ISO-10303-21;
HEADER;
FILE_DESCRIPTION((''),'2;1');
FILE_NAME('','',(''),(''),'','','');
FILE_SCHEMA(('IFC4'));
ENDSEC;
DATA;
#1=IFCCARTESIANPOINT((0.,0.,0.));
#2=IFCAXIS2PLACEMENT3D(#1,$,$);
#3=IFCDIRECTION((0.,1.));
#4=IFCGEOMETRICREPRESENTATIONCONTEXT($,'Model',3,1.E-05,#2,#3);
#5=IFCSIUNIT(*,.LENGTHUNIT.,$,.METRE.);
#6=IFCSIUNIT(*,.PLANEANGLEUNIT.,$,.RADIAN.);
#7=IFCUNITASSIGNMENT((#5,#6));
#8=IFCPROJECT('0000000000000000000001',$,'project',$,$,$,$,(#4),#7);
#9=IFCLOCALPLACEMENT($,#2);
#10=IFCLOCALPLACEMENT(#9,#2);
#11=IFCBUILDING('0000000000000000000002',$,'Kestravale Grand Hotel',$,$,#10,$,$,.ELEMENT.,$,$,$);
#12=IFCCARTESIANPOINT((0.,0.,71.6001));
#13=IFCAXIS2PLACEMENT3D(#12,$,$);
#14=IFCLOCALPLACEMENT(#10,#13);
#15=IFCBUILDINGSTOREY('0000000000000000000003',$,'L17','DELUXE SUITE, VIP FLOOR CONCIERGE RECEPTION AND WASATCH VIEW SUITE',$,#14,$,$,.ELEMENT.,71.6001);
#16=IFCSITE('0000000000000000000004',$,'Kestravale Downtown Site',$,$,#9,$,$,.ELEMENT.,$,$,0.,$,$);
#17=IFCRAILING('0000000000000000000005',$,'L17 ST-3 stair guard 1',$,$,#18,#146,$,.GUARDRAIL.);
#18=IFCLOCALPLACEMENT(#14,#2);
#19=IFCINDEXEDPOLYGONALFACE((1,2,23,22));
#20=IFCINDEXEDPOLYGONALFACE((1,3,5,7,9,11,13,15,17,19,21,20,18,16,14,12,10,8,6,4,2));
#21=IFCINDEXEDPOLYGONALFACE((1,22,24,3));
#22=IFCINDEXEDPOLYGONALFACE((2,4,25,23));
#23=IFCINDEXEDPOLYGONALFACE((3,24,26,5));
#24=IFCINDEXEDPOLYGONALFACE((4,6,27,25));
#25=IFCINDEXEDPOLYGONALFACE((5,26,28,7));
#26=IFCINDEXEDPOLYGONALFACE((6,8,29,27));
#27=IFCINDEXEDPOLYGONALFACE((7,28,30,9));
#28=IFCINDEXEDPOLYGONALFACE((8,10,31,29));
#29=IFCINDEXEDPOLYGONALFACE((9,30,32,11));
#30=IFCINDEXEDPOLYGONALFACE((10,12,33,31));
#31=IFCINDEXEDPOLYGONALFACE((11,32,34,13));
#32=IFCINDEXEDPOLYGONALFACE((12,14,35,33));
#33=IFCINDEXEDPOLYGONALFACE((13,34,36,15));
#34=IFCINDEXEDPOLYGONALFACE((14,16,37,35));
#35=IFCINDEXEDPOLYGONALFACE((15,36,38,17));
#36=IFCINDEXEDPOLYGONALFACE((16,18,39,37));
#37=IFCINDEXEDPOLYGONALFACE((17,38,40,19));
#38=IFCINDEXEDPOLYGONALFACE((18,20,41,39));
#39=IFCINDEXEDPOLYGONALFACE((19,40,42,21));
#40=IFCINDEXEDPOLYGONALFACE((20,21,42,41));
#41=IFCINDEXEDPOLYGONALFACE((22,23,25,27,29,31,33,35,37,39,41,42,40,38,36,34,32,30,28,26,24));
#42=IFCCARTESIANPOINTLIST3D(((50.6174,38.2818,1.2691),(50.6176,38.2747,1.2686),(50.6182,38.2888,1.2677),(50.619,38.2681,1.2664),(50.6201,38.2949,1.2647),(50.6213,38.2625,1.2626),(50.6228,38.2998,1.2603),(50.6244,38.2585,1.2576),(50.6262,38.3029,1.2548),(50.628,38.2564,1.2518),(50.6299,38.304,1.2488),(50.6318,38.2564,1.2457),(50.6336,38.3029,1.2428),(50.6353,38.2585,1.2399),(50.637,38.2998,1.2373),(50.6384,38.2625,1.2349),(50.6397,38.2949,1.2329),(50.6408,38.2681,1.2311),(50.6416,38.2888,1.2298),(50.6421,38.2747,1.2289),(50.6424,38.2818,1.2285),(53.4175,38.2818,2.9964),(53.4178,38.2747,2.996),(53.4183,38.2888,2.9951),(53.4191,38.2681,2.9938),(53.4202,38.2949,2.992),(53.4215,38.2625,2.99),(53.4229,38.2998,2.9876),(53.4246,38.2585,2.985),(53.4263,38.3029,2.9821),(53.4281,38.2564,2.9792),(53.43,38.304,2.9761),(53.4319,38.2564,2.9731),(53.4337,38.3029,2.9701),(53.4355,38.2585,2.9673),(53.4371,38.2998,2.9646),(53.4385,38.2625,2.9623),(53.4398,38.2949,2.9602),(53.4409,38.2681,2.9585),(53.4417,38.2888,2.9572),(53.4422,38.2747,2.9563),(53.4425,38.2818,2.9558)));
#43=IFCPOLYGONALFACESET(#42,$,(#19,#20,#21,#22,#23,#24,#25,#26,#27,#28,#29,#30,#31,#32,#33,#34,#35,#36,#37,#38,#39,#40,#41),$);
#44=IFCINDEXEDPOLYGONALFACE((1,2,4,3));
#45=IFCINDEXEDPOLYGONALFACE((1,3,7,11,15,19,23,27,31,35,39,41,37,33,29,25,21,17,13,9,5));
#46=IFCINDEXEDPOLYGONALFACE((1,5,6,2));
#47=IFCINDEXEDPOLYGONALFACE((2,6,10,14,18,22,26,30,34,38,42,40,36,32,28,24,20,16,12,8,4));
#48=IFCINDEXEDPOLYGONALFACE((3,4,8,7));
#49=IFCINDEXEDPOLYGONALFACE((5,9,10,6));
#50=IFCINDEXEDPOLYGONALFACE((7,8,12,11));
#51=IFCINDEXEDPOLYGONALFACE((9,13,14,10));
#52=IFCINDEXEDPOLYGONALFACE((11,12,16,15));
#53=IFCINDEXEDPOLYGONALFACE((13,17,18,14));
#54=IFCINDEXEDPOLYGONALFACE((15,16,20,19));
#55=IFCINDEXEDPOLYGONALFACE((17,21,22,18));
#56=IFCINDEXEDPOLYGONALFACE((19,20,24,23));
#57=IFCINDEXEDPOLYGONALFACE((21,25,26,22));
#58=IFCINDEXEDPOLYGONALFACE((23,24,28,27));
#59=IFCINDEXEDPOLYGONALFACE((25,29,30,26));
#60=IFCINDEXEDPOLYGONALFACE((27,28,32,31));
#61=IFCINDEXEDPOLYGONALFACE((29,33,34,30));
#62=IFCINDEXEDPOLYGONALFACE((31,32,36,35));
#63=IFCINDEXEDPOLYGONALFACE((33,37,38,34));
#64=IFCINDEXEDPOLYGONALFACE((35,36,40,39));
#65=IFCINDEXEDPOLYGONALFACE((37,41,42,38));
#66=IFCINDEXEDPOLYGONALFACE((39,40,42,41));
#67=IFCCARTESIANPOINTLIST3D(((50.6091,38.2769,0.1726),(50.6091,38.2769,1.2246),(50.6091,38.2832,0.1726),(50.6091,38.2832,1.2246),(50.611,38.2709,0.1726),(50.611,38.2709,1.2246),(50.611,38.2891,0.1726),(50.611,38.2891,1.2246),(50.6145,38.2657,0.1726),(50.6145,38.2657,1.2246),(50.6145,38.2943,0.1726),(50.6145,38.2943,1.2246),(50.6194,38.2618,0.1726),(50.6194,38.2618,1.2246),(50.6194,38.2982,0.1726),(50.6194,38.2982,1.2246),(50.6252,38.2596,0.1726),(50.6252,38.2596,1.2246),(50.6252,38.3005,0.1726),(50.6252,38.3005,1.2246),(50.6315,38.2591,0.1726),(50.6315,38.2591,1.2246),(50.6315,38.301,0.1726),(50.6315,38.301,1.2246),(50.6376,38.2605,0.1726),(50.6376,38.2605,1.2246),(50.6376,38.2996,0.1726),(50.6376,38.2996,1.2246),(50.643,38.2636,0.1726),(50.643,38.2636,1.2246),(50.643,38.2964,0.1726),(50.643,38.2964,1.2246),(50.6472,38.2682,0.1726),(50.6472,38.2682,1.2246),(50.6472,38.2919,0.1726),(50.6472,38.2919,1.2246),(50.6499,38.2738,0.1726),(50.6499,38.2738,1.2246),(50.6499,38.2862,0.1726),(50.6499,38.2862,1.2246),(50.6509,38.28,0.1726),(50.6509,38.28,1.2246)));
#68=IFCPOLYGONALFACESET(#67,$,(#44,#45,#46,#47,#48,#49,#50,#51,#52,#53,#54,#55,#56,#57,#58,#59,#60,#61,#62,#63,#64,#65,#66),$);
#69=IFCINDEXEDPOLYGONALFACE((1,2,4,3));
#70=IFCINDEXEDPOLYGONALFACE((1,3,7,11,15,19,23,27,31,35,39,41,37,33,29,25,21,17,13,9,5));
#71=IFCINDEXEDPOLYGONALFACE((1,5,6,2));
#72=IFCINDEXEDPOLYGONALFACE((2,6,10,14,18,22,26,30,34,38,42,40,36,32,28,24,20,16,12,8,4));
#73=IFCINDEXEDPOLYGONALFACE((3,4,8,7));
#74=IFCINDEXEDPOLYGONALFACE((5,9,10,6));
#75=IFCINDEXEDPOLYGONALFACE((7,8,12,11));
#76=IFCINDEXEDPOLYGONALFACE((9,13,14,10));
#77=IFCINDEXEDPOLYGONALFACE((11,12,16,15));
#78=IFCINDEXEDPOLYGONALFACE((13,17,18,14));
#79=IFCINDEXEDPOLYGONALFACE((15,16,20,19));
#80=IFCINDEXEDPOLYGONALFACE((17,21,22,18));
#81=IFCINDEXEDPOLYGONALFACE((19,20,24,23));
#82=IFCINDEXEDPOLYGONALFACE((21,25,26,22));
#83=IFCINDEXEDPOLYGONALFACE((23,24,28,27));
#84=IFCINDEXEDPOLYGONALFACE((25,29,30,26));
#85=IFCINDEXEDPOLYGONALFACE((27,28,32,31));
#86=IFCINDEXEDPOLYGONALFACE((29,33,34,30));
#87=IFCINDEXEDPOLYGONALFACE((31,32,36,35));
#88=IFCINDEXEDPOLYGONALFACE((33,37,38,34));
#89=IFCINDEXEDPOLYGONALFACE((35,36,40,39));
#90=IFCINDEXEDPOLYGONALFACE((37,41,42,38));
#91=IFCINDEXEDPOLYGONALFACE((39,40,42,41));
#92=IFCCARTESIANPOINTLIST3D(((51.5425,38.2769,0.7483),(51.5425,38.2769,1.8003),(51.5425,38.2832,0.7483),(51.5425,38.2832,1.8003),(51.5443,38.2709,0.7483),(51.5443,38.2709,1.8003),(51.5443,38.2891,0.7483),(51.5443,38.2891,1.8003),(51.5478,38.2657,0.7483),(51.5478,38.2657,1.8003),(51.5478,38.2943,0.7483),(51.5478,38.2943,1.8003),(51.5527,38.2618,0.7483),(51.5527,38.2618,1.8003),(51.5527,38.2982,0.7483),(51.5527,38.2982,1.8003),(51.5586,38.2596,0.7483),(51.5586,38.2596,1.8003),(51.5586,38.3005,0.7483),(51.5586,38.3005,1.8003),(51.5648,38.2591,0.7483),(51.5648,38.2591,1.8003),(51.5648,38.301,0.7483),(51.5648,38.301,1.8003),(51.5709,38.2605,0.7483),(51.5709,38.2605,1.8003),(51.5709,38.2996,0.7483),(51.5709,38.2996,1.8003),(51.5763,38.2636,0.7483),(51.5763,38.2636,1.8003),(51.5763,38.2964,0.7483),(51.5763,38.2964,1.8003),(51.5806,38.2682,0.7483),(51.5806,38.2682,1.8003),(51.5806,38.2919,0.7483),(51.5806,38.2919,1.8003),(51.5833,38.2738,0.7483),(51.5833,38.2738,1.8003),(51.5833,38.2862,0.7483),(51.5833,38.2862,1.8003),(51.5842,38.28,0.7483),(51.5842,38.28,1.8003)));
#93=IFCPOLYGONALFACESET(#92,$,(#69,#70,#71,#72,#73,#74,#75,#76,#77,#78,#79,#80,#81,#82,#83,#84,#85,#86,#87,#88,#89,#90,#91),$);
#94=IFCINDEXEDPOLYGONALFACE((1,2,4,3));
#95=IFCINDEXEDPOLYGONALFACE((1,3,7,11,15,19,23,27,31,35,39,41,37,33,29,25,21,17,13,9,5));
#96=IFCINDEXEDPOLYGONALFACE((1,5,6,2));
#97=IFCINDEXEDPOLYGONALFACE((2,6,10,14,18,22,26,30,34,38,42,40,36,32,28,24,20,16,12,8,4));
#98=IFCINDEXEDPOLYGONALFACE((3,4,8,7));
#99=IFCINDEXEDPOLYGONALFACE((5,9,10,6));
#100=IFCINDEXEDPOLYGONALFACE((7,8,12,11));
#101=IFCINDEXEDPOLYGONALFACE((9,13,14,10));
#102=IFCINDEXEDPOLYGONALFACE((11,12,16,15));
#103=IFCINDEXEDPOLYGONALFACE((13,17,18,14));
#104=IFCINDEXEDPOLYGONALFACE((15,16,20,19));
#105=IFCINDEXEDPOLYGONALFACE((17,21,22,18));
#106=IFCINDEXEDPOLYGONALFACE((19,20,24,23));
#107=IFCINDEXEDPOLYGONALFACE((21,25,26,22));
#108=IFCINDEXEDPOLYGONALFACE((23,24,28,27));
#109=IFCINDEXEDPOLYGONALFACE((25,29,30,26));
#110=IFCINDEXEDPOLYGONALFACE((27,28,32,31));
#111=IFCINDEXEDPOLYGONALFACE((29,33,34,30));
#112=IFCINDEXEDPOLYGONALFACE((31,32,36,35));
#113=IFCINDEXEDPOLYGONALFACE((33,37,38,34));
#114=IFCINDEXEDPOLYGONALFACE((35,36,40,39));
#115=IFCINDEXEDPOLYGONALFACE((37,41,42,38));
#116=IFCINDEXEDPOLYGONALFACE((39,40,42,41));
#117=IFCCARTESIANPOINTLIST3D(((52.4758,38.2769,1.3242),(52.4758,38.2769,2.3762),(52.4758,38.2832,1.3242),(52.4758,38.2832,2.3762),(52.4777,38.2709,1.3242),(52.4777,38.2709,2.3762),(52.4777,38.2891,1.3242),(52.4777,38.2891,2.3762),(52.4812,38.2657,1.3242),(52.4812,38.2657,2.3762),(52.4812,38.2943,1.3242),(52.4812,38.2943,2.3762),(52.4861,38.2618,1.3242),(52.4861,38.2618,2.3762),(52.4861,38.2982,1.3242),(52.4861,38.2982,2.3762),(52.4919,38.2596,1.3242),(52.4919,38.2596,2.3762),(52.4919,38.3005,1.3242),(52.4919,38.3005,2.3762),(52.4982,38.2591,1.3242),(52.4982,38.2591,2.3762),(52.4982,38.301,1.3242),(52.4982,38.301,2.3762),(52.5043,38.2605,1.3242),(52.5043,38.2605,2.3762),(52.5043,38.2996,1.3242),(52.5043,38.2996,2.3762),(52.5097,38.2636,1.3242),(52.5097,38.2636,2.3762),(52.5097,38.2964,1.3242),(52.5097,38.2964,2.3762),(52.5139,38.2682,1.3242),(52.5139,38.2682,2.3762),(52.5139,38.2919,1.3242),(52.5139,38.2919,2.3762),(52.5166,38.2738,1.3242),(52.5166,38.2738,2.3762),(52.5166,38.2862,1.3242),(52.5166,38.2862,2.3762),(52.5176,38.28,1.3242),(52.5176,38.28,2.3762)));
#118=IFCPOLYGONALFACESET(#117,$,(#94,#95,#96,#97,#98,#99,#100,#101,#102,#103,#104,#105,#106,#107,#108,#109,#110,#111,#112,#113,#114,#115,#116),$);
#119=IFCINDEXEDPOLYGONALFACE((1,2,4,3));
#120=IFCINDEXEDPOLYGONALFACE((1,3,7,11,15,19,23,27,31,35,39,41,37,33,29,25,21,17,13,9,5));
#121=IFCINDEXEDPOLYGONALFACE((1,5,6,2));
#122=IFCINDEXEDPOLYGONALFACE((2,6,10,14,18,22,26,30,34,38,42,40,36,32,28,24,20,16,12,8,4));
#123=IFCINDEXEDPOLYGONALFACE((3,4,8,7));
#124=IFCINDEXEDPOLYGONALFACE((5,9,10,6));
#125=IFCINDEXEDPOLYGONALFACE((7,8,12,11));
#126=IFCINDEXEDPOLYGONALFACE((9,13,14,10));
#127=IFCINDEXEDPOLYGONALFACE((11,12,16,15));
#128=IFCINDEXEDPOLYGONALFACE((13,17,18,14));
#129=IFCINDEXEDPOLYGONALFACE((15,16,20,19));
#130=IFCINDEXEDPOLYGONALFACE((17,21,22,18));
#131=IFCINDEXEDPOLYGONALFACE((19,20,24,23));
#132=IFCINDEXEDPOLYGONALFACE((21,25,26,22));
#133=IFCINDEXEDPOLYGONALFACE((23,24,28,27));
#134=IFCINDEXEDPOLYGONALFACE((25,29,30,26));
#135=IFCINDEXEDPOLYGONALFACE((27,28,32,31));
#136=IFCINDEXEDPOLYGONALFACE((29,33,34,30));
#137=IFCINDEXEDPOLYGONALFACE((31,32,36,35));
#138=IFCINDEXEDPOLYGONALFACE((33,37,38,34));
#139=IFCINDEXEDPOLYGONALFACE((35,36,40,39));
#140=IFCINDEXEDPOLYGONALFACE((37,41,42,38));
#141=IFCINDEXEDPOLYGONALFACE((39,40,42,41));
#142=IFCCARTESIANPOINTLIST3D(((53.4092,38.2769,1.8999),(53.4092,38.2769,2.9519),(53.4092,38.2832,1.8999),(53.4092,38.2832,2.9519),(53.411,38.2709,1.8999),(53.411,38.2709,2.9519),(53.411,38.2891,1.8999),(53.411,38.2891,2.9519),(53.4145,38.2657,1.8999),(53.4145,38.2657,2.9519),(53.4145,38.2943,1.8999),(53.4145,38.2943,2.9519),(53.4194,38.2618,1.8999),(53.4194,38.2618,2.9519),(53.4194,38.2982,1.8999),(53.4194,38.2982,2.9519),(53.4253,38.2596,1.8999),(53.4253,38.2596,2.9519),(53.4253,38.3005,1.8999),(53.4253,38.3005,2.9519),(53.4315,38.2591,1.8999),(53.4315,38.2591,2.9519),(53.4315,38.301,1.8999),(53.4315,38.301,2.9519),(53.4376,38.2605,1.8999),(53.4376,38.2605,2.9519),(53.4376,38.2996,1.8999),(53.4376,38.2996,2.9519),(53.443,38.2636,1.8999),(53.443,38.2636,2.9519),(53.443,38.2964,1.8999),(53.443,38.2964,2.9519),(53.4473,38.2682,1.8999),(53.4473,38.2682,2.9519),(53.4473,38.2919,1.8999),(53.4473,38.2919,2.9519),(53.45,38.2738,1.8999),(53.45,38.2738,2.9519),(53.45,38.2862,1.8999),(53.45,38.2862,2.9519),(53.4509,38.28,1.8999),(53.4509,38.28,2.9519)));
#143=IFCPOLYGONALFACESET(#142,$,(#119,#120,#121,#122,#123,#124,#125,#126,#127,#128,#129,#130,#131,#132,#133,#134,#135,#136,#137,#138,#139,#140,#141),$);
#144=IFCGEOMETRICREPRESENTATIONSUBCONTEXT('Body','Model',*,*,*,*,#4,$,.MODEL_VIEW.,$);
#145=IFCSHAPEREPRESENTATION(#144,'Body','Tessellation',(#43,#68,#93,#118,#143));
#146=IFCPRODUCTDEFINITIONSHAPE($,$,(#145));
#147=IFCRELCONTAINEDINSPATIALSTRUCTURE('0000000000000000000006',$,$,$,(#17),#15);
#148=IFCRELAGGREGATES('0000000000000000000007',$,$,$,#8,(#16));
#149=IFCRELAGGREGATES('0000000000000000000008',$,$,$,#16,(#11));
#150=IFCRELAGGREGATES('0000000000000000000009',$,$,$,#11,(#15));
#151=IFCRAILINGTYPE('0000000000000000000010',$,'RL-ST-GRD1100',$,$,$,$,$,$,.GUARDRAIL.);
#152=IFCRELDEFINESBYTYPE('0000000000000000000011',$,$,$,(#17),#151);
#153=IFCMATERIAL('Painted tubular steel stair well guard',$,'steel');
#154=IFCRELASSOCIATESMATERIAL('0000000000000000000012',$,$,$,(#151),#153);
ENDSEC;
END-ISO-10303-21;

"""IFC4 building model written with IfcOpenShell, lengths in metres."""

from ifc_helpers import new_model, si_unit, direction, frame, origin, origin_2d, place, context, subcontext, project, spatial, circle, extrude, material, type_object, element, save


model = new_model("IFC4")

# Units and contexts
model_context = context("Model", 3, precision=1e-05, world=origin(), true_north=direction((0.0, 1.0)))
body_context = subcontext(model_context, "Body", "Model", "MODEL_VIEW")
ifc_project = project(units=[si_unit("LENGTHUNIT", "METRE"), si_unit("PLANEANGLEUNIT", "RADIAN")], contexts=[model_context])

# Site, building, storey
site_placement = place(None, origin())
site = spatial("IfcSite", under=ifc_project, at=site_placement, Name="Kestravale Downtown Site", CompositionType="ELEMENT", RefElevation=0.0)
building_placement = place(site_placement, origin())
building = spatial("IfcBuilding", under=site, at=building_placement, Name="Kestravale Grand Hotel", CompositionType="ELEMENT")
storey_placement = place(building_placement, frame((0.0, 0.0, 71.6001)))
storey = spatial("IfcBuildingStorey", under=building, at=storey_placement, Name="L17", Description="DELUXE SUITE, VIP FLOOR CONCIERGE RECEPTION AND WASATCH VIEW SUITE", CompositionType="ELEMENT", Elevation=71.6001)

# Railing
ifc_material_1 = material(Name="Painted tubular steel stair well guard", Category="steel")
railing_type_1 = type_object("IfcRailingType", Name="RL-ST-GRD1100", PredefinedType="GUARDRAIL", material=ifc_material_1)
railing_1_placement = place(storey_placement, frame((50.6299, 38.28, 0.1726)))
element("IfcRailing", 1, at=railing_1_placement, inside=storey, type_object=railing_type_1, Name="L17 ST-3 stair guard 1", PredefinedType="GUARDRAIL", context=body_context, shape_type="SweptSolid", body=[
    extrude(circle(Radius=0.0239, at=origin_2d()), frame((0.0, 0.0, 1.0762), z_axis=(0.85109, 0.0, 0.52502), x_axis=(0.0, 1.0, 0.0)), (0.0, 0.0, 1.0), 3.29),
    extrude(circle(Radius=0.021, at=origin_2d()), origin(), (0.0, 0.0, 1.0), 1.052),
    extrude(circle(Radius=0.021, at=origin_2d()), frame((0.9333, 0.0, 0.5757)), (0.0, 0.0, 1.0), 1.052),
    extrude(circle(Radius=0.021, at=origin_2d()), frame((1.8667, 0.0, 1.1516)), (0.0, 0.0, 1.0), 1.052),
    extrude(circle(Radius=0.021, at=origin_2d()), frame((2.8, 0.0, 1.7273)), (0.0, 0.0, 1.0), 1.052),
])

save(model, "model.ifc")
